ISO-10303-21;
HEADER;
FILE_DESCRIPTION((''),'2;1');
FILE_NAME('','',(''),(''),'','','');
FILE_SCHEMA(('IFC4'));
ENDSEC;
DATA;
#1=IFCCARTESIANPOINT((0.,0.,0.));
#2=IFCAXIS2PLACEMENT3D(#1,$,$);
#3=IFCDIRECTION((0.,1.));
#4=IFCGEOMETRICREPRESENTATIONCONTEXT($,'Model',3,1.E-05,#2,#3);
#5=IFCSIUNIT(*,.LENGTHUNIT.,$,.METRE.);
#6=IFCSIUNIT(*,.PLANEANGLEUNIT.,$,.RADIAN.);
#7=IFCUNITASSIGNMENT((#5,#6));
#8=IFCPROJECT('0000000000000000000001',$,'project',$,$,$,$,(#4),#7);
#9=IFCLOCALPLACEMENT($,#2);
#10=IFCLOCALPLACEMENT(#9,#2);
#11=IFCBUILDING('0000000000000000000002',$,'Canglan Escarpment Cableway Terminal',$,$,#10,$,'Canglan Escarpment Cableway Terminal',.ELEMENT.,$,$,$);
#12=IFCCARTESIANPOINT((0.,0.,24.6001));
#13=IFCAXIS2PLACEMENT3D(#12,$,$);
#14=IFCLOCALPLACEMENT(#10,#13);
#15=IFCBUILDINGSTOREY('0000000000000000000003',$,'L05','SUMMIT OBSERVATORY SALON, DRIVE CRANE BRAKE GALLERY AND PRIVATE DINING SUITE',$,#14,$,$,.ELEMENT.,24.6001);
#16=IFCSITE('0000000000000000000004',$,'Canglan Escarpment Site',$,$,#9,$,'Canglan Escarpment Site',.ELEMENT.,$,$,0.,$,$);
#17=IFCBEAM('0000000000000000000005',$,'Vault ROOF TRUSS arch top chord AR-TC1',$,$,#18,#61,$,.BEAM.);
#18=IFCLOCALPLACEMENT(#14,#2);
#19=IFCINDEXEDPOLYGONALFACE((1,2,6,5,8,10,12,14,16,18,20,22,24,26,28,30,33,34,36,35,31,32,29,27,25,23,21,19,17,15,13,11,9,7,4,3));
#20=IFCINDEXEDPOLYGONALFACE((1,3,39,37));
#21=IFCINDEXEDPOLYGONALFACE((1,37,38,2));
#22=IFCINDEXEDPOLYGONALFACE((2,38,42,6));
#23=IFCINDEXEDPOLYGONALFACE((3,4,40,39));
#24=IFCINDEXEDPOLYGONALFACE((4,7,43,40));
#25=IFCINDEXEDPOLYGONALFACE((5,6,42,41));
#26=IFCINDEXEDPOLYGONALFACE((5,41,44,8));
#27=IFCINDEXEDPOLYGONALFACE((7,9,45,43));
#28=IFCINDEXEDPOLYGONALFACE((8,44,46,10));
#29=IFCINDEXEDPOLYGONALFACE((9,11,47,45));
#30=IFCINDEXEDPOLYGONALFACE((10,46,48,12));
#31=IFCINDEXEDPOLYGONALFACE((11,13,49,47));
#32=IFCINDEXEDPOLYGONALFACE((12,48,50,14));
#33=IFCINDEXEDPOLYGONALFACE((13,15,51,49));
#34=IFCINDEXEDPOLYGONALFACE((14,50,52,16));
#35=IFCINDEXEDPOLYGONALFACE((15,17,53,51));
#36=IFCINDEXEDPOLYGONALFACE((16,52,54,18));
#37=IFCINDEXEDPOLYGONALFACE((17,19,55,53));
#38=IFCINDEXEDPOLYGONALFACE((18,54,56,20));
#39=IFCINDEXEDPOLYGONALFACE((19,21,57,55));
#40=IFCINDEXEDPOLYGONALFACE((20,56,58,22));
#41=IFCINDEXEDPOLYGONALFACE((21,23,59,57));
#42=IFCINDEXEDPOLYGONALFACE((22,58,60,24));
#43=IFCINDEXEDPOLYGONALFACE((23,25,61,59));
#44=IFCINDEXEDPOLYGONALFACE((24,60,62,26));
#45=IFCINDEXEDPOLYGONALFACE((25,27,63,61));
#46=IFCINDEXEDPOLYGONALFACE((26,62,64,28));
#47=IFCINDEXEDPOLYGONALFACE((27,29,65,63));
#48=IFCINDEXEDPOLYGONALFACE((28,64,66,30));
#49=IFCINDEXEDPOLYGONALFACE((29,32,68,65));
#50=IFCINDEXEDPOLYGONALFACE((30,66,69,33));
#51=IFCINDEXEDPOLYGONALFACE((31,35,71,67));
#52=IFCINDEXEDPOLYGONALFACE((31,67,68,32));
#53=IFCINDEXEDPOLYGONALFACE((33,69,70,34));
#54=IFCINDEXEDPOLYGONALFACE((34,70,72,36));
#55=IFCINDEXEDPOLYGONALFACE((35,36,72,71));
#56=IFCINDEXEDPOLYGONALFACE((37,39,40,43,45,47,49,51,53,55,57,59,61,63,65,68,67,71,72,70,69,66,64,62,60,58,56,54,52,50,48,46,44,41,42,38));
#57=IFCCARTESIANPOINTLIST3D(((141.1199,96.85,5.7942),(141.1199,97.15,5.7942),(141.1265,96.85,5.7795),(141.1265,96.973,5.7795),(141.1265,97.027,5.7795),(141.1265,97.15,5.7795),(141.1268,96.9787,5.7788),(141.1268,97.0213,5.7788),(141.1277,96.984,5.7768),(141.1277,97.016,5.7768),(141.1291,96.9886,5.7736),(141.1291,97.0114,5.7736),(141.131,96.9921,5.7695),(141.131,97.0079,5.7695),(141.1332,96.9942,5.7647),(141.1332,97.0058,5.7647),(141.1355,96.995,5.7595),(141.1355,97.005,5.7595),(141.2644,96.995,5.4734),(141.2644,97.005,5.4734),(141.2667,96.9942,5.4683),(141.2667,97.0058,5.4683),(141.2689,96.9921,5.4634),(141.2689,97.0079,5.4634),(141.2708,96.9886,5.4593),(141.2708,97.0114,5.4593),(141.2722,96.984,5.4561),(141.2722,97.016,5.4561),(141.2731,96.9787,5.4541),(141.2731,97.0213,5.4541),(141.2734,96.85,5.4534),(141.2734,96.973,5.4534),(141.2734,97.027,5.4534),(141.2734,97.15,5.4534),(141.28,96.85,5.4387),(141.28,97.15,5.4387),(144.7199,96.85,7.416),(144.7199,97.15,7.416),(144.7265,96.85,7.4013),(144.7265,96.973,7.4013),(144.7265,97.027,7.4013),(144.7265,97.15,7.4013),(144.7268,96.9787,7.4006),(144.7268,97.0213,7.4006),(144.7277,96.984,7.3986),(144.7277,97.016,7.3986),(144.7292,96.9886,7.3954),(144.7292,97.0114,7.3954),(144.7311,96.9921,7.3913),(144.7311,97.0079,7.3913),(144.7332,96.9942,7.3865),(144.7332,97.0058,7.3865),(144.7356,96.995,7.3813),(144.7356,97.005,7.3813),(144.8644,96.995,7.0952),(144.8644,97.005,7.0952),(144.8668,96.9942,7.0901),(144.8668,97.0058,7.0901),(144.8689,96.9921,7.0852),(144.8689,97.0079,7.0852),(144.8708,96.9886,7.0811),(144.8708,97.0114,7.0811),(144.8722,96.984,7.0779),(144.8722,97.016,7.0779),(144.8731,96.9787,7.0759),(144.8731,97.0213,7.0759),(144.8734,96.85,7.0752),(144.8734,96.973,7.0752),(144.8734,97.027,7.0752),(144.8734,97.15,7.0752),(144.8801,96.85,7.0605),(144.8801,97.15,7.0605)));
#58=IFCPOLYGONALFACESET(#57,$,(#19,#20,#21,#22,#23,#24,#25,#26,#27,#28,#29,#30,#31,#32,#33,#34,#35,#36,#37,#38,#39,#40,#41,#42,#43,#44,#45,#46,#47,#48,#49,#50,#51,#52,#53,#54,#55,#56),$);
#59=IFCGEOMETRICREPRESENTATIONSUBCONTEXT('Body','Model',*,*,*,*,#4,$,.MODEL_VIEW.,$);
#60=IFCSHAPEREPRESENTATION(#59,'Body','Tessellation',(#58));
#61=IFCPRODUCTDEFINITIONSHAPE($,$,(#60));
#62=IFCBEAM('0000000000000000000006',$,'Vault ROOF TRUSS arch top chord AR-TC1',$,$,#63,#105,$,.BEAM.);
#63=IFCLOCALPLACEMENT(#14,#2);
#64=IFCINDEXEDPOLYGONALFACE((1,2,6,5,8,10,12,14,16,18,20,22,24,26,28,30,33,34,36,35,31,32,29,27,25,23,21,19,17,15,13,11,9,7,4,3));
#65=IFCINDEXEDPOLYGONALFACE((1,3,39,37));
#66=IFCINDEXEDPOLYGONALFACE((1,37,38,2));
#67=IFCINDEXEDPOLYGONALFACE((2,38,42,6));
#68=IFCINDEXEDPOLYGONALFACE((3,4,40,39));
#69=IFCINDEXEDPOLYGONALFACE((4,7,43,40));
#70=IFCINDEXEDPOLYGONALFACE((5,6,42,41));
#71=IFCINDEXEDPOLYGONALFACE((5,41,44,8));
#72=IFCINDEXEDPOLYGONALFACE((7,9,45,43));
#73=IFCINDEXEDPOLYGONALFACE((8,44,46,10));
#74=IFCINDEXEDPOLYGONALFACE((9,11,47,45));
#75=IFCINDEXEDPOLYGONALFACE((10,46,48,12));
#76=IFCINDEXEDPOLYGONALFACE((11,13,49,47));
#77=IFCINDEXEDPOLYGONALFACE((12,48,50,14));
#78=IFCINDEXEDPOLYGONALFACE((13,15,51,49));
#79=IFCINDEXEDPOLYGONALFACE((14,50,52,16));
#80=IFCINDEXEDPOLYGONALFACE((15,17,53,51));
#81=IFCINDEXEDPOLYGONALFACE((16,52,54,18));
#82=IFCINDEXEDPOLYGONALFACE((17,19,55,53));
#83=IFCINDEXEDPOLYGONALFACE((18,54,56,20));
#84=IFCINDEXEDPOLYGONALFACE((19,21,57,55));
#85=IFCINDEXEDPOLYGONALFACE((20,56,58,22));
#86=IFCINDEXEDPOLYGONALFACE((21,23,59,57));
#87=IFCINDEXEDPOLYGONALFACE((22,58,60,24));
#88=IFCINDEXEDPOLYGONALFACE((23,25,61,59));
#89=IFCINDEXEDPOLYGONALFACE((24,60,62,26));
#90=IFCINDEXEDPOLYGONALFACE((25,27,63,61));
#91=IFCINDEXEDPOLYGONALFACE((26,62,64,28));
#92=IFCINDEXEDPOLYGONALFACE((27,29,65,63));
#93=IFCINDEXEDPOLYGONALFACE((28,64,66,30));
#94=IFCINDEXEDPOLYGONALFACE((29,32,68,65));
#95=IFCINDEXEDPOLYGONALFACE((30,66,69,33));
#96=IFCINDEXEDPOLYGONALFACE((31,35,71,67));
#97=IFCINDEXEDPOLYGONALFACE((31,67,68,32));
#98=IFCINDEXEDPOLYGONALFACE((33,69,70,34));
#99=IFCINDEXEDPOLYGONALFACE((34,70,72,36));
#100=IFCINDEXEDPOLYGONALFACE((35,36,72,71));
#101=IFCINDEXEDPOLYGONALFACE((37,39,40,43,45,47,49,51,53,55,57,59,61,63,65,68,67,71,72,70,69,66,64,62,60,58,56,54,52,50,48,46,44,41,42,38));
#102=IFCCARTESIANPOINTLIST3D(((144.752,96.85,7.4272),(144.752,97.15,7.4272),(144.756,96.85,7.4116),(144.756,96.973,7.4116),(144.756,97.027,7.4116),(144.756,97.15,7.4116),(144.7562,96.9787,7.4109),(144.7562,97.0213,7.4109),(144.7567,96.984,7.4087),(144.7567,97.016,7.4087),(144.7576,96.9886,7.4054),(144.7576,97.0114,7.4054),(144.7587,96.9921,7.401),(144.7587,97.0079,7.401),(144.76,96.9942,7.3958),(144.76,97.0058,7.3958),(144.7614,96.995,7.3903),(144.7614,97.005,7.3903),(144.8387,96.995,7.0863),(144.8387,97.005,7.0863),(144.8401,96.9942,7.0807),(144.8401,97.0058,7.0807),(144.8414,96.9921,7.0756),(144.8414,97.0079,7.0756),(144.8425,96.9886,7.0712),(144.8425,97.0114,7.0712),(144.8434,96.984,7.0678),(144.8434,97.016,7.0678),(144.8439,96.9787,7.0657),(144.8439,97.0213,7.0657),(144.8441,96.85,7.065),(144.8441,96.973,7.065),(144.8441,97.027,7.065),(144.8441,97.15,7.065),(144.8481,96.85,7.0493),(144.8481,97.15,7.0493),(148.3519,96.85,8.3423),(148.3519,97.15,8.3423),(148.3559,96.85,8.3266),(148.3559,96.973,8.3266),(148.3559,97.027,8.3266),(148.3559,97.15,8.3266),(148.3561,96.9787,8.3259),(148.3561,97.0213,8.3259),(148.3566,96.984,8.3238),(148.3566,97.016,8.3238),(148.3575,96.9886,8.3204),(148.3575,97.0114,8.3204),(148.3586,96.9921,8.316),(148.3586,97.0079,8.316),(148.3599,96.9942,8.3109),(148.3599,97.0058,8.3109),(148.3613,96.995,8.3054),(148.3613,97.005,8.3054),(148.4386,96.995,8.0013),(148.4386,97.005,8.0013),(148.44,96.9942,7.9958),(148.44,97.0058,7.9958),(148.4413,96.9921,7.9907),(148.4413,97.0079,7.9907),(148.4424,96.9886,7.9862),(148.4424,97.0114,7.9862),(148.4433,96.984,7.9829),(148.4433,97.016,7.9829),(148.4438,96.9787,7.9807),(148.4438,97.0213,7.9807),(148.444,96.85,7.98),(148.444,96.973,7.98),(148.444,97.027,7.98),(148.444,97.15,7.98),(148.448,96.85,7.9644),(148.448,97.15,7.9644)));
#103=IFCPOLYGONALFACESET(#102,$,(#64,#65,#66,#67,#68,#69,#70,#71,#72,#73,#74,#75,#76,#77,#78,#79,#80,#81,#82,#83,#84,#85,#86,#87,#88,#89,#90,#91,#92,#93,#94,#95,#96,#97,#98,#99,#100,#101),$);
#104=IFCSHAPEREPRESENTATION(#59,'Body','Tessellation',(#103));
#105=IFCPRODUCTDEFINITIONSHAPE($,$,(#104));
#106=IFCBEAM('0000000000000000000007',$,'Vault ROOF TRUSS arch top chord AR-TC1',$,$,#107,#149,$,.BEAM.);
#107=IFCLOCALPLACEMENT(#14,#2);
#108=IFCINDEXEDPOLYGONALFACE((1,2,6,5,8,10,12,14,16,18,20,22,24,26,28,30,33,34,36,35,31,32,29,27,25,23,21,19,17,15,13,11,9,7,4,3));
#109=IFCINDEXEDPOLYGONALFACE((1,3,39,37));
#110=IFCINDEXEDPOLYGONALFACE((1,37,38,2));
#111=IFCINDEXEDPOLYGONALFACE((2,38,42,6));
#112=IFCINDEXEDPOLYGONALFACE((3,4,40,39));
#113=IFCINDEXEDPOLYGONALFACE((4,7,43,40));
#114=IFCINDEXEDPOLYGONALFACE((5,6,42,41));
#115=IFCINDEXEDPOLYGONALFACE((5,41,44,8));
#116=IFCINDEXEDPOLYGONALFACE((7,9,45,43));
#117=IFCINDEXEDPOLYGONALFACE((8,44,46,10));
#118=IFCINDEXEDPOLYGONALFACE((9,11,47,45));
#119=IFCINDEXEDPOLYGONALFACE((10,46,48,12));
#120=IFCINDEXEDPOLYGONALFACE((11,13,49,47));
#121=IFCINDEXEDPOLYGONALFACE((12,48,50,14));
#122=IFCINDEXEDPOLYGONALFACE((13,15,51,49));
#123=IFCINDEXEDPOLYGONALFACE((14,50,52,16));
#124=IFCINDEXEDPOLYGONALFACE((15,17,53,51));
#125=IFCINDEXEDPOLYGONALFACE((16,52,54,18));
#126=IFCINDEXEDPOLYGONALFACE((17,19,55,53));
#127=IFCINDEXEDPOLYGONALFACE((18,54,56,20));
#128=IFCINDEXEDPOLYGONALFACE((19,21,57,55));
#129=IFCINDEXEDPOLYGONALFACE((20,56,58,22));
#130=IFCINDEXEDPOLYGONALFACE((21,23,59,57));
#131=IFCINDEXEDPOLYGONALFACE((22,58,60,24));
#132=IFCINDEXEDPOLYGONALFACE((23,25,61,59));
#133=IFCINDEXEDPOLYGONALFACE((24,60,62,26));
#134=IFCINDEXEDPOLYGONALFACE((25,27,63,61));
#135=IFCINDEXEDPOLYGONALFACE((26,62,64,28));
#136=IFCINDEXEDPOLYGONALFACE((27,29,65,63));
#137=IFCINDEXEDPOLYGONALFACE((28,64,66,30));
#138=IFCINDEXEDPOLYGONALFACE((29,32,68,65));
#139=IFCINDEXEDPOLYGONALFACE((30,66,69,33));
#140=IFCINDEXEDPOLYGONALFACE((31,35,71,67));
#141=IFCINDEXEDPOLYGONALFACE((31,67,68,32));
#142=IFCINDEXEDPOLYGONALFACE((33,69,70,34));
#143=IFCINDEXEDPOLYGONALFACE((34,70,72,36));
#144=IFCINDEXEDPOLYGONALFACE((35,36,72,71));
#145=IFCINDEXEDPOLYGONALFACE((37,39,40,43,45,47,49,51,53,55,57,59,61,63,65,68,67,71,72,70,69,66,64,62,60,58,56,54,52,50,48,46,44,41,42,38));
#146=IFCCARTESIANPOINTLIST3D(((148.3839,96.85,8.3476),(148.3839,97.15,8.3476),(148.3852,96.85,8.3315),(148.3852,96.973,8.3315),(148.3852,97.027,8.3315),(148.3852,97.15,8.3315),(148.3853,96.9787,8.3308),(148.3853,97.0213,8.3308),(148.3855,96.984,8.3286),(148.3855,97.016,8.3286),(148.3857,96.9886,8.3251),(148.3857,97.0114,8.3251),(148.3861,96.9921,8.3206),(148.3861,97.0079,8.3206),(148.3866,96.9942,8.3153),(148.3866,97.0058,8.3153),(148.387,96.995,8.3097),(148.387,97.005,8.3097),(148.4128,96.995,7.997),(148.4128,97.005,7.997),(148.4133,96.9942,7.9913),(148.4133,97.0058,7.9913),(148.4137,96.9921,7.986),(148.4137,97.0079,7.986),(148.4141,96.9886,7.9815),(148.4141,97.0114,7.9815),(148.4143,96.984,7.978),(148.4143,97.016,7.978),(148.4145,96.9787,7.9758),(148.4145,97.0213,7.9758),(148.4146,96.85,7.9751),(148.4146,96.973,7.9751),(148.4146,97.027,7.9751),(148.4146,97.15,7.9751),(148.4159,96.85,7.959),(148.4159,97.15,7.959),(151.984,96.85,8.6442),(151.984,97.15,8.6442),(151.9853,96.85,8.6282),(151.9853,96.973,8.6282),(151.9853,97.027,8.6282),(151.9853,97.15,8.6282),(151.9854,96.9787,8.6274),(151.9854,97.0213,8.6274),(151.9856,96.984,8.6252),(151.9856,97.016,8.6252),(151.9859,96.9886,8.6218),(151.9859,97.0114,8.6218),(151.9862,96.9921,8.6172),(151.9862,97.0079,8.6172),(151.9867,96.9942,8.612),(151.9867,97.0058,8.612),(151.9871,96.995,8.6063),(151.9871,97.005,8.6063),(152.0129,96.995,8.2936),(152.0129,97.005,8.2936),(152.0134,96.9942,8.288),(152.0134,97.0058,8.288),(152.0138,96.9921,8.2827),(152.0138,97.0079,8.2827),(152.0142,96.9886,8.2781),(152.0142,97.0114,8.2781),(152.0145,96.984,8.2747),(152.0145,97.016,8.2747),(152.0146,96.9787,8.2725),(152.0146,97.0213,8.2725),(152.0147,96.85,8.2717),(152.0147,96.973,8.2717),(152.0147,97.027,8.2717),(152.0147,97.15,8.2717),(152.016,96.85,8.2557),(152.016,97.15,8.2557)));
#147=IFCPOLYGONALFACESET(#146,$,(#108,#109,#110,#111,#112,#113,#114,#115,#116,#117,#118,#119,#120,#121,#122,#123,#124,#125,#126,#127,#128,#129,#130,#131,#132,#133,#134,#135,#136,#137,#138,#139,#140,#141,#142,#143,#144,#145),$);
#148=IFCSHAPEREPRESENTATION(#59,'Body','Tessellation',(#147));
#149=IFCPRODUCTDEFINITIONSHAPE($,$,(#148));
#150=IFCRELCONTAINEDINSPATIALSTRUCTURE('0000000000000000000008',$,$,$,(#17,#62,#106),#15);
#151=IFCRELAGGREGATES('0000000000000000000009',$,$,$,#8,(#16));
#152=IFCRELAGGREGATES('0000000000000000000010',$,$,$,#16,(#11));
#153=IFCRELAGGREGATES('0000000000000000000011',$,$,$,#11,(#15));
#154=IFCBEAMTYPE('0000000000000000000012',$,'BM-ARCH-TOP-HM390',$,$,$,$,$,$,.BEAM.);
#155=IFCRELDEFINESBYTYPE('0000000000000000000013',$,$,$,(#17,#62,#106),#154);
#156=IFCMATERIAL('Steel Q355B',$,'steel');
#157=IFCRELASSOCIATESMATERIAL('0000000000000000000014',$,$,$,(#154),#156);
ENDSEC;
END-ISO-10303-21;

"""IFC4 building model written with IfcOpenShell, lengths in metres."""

from ifc_helpers import new_model, si_unit, direction, frame, origin, origin_2d, place, context, subcontext, project, spatial, i_section, extrude, material, material_profile, profile_set, type_object, element, save


model = new_model("IFC4")

# Units and contexts
model_context = context("Model", 3, precision=1e-05, world=origin(), true_north=direction((0.0, 1.0)))
body_context = subcontext(model_context, "Body", "Model", "MODEL_VIEW")
ifc_project = project(units=[si_unit("LENGTHUNIT", "METRE"), si_unit("PLANEANGLEUNIT", "RADIAN")], contexts=[model_context])

# Site, building, storey
site_placement = place(None, origin())
site = spatial("IfcSite", under=ifc_project, at=site_placement, Name="Canglan Escarpment Site", LongName="Canglan Escarpment Site", CompositionType="ELEMENT", RefElevation=0.0)
building_placement = place(site_placement, origin())
building = spatial("IfcBuilding", under=site, at=building_placement, Name="Canglan Escarpment Cableway Terminal", LongName="Canglan Escarpment Cableway Terminal", CompositionType="ELEMENT")
storey_placement = place(building_placement, frame((0.0, 0.0, 24.6001)))
storey = spatial("IfcBuildingStorey", under=building, at=storey_placement, Name="L05", Description="SUMMIT OBSERVATORY SALON, DRIVE CRANE BRAKE GALLERY AND PRIVATE DINING SUITE", CompositionType="ELEMENT", Elevation=24.6001)

# Beams
ifc_material_1 = material(Name="Steel Q355B", Category="steel")
ifc_material_profile_1 = material_profile(ifc_material_1, i_section(OverallWidth=0.3, OverallDepth=0.3899, WebThickness=0.01, FlangeThickness=0.0161, FilletRadius=0.022, at=origin_2d()), Name="HM 390x300x10x16")
ifc_profile_set_1 = profile_set([ifc_material_profile_1], Name="Steel Q355B")
beam_type = type_object("IfcBeamType", Name="BM-ARCH-TOP-HM390", PredefinedType="BEAM", material=ifc_profile_set_1)
beam_1_placement = place(storey_placement, frame((141.2, 97.0, 5.6165), z_axis=(0.911753, 0.0, 0.41074), x_axis=(0.0, 1.0, 0.0)))
element("IfcBeam", 1, at=beam_1_placement, inside=storey, type_object=beam_type, Name="Vault ROOF TRUSS arch top chord AR-TC1", PredefinedType="BEAM", context=body_context, shape_type="SweptSolid", body=[
    extrude(i_section(OverallWidth=0.3, OverallDepth=0.3899, WebThickness=0.01, FlangeThickness=0.0161, FilletRadius=0.022, at=origin_2d()), origin(), (0.0, 0.0, 1.0), 3.9485),
])
beam_2_placement = place(storey_placement, frame((144.8, 97.0, 7.2383), z_axis=(0.96918, 0.0, 0.246354), x_axis=(0.0, 1.0, 0.0)))
element("IfcBeam", 2, at=beam_2_placement, inside=storey, type_object=beam_type, Name="Vault ROOF TRUSS arch top chord AR-TC1", PredefinedType="BEAM", context=body_context, shape_type="SweptSolid", body=[
    extrude(i_section(OverallWidth=0.3, OverallDepth=0.3899, WebThickness=0.01, FlangeThickness=0.0161, FilletRadius=0.022, at=origin_2d()), origin(), (0.0, 0.0, 1.0), 3.7144),
])
beam_3_placement = place(storey_placement, frame((148.3999, 97.0, 8.1533), z_axis=(0.996623, 0.0, 0.082117), x_axis=(0.0, 1.0, 0.0)))
element("IfcBeam", 3, at=beam_3_placement, inside=storey, type_object=beam_type, Name="Vault ROOF TRUSS arch top chord AR-TC1", PredefinedType="BEAM", context=body_context, shape_type="SweptSolid", body=[
    extrude(i_section(OverallWidth=0.3, OverallDepth=0.3899, WebThickness=0.01, FlangeThickness=0.0161, FilletRadius=0.022, at=origin_2d()), origin(), (0.0, 0.0, 1.0), 3.6123),
])

save(model, "model.ifc")
